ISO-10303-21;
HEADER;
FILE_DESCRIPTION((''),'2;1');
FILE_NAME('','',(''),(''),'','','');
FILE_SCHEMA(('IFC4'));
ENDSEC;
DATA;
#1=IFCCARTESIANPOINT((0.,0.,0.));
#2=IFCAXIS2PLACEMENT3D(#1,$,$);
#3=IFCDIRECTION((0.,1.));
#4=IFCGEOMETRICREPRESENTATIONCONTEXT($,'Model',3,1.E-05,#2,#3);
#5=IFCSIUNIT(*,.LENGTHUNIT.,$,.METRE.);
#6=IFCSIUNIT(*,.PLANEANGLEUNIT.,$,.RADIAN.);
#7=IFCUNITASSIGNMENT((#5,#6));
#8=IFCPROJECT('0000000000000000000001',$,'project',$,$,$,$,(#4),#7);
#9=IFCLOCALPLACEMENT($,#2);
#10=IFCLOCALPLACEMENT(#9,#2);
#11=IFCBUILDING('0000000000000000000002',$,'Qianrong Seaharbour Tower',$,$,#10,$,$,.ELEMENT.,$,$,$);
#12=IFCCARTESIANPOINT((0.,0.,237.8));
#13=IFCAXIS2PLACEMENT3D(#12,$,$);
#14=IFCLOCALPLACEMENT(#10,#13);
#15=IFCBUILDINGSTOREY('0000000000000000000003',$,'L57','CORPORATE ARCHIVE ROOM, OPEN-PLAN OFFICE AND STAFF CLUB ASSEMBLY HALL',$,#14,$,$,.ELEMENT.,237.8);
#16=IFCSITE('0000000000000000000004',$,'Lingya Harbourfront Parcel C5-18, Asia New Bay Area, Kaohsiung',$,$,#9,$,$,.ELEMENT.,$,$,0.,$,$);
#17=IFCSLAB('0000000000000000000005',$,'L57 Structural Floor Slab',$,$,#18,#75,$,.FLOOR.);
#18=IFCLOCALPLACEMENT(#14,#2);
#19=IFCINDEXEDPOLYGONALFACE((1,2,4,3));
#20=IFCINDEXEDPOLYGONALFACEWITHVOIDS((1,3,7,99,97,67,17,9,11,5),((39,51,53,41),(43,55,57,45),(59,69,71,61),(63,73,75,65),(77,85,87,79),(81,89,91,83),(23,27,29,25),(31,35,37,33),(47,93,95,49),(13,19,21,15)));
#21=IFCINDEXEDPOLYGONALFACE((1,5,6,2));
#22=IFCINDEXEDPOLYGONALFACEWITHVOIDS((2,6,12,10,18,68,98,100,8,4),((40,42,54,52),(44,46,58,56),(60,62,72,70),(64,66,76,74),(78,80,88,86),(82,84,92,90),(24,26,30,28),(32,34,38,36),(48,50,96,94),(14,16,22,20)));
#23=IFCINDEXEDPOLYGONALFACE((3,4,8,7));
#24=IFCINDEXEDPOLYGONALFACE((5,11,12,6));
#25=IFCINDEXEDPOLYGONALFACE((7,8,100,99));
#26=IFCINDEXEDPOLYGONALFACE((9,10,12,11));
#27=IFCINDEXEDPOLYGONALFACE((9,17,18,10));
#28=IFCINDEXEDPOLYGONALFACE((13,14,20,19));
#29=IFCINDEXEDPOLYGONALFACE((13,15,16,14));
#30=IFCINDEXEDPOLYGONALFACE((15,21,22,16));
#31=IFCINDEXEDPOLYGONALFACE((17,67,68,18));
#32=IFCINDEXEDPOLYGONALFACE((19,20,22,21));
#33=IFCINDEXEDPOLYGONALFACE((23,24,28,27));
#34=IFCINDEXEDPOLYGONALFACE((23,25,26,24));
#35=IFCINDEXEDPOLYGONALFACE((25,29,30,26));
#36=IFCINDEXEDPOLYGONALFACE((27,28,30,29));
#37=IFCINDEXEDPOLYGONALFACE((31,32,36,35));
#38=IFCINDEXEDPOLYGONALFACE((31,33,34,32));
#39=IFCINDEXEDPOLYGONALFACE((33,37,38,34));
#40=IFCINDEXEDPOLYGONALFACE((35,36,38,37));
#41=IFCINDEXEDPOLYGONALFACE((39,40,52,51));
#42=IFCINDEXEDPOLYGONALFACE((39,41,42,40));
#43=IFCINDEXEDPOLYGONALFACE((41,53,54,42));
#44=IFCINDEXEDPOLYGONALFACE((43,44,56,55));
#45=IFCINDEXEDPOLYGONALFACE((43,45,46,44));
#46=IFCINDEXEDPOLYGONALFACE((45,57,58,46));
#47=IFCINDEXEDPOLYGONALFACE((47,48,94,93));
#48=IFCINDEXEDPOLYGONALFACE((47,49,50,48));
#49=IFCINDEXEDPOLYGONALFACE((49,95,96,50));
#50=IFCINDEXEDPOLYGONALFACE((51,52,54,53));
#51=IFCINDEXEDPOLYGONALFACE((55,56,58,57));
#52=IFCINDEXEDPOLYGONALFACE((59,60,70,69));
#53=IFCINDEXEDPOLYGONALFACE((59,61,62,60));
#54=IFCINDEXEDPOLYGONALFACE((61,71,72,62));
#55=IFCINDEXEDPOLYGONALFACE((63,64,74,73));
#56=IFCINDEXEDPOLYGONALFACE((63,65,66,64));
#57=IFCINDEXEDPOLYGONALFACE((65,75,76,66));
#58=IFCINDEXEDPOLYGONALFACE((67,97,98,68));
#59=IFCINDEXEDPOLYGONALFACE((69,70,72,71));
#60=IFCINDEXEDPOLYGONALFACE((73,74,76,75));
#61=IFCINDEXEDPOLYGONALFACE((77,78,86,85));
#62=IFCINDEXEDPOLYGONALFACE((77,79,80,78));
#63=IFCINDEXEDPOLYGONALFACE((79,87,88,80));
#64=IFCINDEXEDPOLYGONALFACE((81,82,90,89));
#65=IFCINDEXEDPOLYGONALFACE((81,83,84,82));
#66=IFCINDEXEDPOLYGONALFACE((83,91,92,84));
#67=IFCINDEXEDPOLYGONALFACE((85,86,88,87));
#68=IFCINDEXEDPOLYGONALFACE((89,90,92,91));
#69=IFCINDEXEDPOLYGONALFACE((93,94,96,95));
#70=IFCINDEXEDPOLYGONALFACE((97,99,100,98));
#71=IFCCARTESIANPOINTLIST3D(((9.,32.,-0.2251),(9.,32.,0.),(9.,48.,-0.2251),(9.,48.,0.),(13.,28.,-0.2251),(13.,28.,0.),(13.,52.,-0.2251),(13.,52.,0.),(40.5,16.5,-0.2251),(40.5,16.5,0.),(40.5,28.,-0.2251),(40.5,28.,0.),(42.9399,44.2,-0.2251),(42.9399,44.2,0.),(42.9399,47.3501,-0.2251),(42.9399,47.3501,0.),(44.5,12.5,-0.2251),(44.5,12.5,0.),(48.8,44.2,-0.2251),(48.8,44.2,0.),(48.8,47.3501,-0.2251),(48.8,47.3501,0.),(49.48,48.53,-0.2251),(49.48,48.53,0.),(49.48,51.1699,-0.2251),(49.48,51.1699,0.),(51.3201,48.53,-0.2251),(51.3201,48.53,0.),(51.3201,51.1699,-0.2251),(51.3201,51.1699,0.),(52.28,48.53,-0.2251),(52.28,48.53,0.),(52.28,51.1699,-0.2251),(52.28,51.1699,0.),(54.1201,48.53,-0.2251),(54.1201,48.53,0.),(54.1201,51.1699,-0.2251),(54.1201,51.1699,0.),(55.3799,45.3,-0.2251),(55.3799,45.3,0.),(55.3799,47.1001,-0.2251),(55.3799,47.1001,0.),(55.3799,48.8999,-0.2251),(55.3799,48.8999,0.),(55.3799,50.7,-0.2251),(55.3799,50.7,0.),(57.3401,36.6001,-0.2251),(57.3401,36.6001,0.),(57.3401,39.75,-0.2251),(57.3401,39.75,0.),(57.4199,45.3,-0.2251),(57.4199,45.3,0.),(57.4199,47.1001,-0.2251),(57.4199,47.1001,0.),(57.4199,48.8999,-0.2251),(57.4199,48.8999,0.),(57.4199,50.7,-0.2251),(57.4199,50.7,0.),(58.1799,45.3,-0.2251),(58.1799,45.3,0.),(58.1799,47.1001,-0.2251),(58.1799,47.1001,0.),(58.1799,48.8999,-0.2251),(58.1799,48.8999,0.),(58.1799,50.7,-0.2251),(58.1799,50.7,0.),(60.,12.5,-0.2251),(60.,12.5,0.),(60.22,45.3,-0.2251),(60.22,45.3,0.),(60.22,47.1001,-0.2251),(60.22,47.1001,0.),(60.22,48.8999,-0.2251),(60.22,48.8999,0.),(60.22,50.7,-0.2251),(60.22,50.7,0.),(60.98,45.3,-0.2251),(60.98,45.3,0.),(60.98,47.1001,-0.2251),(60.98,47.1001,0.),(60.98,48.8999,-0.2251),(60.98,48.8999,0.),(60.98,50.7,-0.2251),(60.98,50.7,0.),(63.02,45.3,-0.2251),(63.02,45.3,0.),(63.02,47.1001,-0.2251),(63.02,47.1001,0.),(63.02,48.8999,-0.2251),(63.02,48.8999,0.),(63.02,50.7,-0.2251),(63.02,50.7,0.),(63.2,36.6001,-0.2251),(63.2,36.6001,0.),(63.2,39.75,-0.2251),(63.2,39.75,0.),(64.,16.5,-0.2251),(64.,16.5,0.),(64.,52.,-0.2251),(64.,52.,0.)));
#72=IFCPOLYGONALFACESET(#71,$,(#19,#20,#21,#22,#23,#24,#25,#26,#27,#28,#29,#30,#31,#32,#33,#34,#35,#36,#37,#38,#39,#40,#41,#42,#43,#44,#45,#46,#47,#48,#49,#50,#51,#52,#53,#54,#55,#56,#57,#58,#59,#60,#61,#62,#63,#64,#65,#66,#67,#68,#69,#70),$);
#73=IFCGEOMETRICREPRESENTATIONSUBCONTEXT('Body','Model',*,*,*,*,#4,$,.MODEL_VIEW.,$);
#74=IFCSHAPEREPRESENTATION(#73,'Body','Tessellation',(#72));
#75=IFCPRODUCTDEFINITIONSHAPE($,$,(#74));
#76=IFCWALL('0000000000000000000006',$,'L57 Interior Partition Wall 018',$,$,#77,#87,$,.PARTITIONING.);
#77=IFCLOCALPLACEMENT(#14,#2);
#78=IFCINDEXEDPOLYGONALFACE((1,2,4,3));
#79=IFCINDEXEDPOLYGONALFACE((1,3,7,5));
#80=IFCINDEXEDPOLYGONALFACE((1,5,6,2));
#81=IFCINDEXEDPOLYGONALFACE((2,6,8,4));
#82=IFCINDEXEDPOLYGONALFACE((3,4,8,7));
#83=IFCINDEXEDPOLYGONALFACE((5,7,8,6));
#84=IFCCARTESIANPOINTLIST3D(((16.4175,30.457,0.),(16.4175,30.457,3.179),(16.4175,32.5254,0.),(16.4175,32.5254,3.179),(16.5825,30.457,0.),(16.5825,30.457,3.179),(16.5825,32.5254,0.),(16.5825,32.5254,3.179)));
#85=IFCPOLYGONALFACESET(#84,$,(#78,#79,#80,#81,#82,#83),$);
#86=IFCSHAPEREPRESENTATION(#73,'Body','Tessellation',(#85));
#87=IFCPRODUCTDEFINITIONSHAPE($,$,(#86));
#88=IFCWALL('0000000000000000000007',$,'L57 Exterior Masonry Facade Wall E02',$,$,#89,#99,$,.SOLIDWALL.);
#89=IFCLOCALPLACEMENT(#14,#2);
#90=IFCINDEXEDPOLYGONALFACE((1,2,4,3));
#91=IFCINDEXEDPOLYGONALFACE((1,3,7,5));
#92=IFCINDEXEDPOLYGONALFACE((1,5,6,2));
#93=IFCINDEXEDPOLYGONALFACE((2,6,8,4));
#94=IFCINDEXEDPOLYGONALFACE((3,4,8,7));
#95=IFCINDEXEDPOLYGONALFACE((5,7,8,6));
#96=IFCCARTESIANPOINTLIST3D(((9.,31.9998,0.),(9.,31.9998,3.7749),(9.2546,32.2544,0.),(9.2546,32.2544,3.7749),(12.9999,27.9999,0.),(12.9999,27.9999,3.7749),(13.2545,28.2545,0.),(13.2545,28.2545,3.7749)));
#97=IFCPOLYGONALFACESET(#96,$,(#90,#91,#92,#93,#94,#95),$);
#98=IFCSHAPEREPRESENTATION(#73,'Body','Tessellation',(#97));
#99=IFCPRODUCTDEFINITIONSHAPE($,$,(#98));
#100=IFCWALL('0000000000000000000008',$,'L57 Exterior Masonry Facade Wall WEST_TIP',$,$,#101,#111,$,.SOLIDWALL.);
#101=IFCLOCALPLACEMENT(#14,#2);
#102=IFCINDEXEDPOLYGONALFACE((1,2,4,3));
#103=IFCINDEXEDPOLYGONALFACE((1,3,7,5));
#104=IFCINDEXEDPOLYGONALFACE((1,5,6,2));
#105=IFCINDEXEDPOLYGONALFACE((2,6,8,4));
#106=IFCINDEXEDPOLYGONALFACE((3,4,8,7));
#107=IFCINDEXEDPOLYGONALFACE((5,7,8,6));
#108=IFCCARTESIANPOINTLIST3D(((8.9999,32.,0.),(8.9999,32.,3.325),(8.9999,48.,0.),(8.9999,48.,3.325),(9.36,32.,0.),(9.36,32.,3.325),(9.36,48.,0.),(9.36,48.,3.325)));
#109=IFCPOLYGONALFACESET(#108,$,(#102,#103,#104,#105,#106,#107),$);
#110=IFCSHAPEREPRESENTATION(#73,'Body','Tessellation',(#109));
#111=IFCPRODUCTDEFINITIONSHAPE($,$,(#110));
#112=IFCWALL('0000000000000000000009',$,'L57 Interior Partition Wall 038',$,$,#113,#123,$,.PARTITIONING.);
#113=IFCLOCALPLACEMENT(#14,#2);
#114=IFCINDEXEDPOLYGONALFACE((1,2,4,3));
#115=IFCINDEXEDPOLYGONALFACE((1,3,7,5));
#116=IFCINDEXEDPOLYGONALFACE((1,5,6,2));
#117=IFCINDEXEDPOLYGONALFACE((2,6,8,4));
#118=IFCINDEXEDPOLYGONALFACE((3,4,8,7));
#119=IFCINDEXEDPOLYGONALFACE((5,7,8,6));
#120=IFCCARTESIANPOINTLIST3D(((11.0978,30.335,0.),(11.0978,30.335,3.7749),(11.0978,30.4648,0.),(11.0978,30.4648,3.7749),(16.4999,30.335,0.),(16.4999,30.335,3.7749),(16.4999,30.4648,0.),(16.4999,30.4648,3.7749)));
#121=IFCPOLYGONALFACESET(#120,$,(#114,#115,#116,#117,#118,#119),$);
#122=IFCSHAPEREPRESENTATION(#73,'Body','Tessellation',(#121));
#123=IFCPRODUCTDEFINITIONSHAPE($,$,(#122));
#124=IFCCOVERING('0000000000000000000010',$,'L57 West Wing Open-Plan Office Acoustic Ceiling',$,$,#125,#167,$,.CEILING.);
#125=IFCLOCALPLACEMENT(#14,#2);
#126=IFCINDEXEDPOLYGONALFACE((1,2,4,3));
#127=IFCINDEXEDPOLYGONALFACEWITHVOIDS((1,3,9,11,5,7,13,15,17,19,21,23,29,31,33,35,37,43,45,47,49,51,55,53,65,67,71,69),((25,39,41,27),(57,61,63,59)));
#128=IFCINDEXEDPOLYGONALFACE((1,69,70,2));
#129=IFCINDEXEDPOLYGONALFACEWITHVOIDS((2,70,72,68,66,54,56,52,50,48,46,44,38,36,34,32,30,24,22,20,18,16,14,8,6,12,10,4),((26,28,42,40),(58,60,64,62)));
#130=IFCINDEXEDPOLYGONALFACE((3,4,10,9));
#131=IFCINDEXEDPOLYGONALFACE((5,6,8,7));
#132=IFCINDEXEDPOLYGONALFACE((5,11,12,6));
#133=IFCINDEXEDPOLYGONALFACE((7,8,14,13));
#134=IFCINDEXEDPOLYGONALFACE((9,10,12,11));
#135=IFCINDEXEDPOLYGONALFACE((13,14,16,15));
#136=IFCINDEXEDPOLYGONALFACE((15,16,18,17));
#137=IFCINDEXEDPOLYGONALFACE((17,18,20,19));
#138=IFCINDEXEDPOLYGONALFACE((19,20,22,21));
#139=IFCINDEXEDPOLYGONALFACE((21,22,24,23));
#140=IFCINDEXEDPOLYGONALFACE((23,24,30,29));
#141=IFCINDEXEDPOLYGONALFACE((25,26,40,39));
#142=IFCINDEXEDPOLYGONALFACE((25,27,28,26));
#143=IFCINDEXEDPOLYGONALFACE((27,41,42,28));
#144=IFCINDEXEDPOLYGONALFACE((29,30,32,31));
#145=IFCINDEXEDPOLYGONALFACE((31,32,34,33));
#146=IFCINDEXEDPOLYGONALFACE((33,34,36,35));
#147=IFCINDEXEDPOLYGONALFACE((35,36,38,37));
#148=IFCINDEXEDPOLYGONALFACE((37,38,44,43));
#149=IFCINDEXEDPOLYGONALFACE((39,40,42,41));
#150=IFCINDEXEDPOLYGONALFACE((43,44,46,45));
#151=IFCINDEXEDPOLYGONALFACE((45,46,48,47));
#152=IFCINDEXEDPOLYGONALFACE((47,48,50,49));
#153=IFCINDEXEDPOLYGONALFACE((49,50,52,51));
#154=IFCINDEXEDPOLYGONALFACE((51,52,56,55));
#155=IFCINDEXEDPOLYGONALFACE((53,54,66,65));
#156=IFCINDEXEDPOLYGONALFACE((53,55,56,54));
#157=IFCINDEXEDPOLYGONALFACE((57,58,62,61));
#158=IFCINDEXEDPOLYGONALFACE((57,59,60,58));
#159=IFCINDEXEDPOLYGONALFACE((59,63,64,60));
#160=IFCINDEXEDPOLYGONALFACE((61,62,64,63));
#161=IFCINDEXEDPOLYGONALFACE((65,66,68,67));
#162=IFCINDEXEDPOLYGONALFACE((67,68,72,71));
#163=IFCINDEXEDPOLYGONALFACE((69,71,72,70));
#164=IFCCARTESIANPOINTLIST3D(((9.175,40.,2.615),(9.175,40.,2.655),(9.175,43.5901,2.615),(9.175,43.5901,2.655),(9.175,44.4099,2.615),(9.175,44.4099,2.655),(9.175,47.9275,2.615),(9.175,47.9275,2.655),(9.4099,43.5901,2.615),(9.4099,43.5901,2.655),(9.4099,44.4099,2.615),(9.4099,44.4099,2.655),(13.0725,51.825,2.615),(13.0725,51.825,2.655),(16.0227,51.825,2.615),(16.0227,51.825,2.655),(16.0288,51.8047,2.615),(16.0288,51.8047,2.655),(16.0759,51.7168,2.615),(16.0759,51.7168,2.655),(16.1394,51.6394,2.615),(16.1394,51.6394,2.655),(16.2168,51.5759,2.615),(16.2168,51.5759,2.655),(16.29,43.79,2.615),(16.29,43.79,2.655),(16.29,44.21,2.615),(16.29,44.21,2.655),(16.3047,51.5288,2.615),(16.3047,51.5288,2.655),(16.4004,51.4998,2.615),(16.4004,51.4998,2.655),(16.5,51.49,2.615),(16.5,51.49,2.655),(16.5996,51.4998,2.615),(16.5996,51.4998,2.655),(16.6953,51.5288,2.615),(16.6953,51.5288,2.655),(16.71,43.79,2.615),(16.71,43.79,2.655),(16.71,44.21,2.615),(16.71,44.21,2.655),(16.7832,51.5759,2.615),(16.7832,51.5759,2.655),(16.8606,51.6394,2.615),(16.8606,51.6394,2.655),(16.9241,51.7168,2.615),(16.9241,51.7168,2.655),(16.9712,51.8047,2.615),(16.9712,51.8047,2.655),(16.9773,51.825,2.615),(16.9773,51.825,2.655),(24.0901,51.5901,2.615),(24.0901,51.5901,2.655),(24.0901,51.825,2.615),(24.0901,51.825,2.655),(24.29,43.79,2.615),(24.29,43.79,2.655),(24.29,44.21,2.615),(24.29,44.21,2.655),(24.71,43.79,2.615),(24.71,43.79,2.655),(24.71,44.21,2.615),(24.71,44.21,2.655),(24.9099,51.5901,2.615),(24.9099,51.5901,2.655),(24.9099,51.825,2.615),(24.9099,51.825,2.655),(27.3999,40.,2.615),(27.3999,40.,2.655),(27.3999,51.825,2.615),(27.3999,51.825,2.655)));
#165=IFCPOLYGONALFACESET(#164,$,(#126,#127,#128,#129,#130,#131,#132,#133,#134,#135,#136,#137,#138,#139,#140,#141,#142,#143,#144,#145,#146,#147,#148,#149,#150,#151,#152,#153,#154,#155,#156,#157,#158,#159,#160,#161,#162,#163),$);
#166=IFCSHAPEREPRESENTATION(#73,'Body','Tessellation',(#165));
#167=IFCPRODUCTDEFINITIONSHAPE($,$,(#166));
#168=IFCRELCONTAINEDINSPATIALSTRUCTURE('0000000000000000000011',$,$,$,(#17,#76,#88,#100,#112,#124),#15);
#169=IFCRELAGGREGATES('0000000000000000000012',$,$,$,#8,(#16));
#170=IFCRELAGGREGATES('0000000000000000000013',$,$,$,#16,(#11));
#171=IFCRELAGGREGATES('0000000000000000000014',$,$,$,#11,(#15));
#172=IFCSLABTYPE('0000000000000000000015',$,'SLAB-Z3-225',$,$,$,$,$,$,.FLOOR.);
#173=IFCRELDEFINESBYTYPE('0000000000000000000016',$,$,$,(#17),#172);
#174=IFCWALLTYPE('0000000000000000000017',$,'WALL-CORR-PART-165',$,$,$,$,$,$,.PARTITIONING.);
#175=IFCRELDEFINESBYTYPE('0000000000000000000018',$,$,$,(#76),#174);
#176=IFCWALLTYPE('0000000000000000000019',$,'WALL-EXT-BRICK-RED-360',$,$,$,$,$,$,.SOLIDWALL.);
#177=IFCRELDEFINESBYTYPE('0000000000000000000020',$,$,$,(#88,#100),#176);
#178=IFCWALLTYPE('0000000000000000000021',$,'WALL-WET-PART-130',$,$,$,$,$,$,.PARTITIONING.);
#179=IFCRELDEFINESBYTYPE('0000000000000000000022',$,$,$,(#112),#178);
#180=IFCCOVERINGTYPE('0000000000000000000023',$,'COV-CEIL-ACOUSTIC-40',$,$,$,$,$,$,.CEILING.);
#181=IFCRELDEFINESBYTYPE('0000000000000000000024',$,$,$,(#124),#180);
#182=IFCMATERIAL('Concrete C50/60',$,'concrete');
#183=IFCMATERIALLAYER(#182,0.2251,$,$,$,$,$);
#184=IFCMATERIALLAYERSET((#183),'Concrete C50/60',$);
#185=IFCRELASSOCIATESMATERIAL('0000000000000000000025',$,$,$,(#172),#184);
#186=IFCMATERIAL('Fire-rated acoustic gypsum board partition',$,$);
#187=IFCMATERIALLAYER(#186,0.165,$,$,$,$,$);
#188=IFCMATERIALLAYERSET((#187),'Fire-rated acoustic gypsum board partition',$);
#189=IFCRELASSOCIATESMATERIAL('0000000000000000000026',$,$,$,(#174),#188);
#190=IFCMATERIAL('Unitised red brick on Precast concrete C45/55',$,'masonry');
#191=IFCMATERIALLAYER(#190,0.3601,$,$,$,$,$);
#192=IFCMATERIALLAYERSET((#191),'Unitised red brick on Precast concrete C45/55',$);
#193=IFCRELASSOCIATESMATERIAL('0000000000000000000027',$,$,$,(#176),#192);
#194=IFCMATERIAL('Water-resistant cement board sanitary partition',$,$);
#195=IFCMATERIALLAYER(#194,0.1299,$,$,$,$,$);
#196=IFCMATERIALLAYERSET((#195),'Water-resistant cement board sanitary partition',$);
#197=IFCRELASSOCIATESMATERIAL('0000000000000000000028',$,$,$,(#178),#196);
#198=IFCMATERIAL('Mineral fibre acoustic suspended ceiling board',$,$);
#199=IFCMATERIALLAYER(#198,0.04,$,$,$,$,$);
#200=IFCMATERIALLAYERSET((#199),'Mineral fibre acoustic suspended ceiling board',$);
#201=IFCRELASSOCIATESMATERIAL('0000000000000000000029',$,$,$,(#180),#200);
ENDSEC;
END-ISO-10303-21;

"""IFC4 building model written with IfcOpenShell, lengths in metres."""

from ifc_helpers import new_model, si_unit, direction, frame, frame_2d, origin, place, context, subcontext, project, spatial, polyline, rectangle, outline, extrude, material, layer, layer_set, type_object, element, save


model = new_model("IFC4")

# Units and contexts
model_context = context("Model", 3, precision=1e-05, world=origin(), true_north=direction((0.0, 1.0)))
body_context = subcontext(model_context, "Body", "Model", "MODEL_VIEW")
ifc_project = project(units=[si_unit("LENGTHUNIT", "METRE"), si_unit("PLANEANGLEUNIT", "RADIAN")], contexts=[model_context])

# Site, building, storey
site_placement = place(None, origin())
site = spatial("IfcSite", under=ifc_project, at=site_placement, Name="Lingya Harbourfront Parcel C5-18, Asia New Bay Area, Kaohsiung", CompositionType="ELEMENT", RefElevation=0.0)
building_placement = place(site_placement, origin())
building = spatial("IfcBuilding", under=site, at=building_placement, Name="Qianrong Seaharbour Tower", CompositionType="ELEMENT")
storey_placement = place(building_placement, frame((0.0, 0.0, 237.8)))
storey = spatial("IfcBuildingStorey", under=building, at=storey_placement, Name="L57", Description="CORPORATE ARCHIVE ROOM, OPEN-PLAN OFFICE AND STAFF CLUB ASSEMBLY HALL", CompositionType="ELEMENT", Elevation=237.8)

# Shared definitions
ifc_material_1 = material(Name="Concrete C50/60", Category="concrete")

# Slab
ifc_layer_1 = layer(ifc_material_1, 0.2251)
ifc_layer_set_1 = layer_set([ifc_layer_1], Name="Concrete C50/60")
slab_type_1 = type_object("IfcSlabType", Name="SLAB-Z3-225", PredefinedType="FLOOR", material=ifc_layer_set_1)
slab_1_placement = place(storey_placement, frame((0.0, 0.0, -0.2251)))
element("IfcSlab", 1, at=slab_1_placement, inside=storey, type_object=slab_type_1, Name="L57 Structural Floor Slab", PredefinedType="FLOOR", context=body_context, shape_type="SweptSolid", body=[
    extrude(outline(polyline([(44.5, 12.5), (60.0, 12.5), (64.0, 16.5), (64.0, 52.0), (13.0, 52.0), (9.0, 48.0), (9.0, 32.0), (13.0, 28.0), (40.5, 28.0), (40.5, 16.5), (44.5, 12.5)]), holes=[polyline([(42.9399, 44.2), (42.9399, 47.3501), (48.8, 47.3501), (48.8, 44.2), (42.9399, 44.2)]), polyline([(57.3401, 36.6001), (57.3401, 39.75), (63.2, 39.75), (63.2, 36.6001), (57.3401, 36.6001)]), polyline([(49.48, 48.53), (49.48, 51.1699), (51.3201, 51.1699), (51.3201, 48.53), (49.48, 48.53)]), polyline([(52.28, 48.53), (52.28, 51.1699), (54.1201, 51.1699), (54.1201, 48.53), (52.28, 48.53)]), polyline([(55.3799, 45.3), (55.3799, 47.1001), (57.4199, 47.1001), (57.4199, 45.3), (55.3799, 45.3)]), polyline([(58.1799, 45.3), (58.1799, 47.1001), (60.22, 47.1001), (60.22, 45.3), (58.1799, 45.3)]), polyline([(60.98, 45.3), (60.98, 47.1001), (63.02, 47.1001), (63.02, 45.3), (60.98, 45.3)]), polyline([(55.3799, 48.8999), (55.3799, 50.7), (57.4199, 50.7), (57.4199, 48.8999), (55.3799, 48.8999)]), polyline([(58.1799, 48.8999), (58.1799, 50.7), (60.22, 50.7), (60.22, 48.8999), (58.1799, 48.8999)]), polyline([(60.98, 48.8999), (60.98, 50.7), (63.02, 50.7), (63.02, 48.8999), (60.98, 48.8999)])]), origin(), (0.0, 0.0, 1.0), 0.2251),
])

# Walls
ifc_material_2 = material(Name="Fire-rated acoustic gypsum board partition")
ifc_layer_2 = layer(ifc_material_2, 0.165)
ifc_layer_set_2 = layer_set([ifc_layer_2], Name="Fire-rated acoustic gypsum board partition")
wall_type_1 = type_object("IfcWallType", Name="WALL-CORR-PART-165", PredefinedType="PARTITIONING", material=ifc_layer_set_2)
wall_1_placement = place(storey_placement, frame((16.5, 30.457, 0.0), z_axis=(0.0, 0.0, 1.0), x_axis=(0.0, 1.0, 0.0)))
element("IfcWall", 2, at=wall_1_placement, inside=storey, type_object=wall_type_1, Name="L57 Interior Partition Wall 018", PredefinedType="PARTITIONING", context=body_context, shape_type="SweptSolid", body=[
    extrude(rectangle(XDim=2.0684, YDim=0.165, at=frame_2d((1.0342, 0.0))), origin(), (0.0, 0.0, 1.0), 3.179),
])
ifc_material_3 = material(Name="Unitised red brick on Precast concrete C45/55", Category="masonry")
ifc_layer_3 = layer(ifc_material_3, 0.3601)
ifc_layer_set_3 = layer_set([ifc_layer_3], Name="Unitised red brick on Precast concrete C45/55")
wall_type_2 = type_object("IfcWallType", Name="WALL-EXT-BRICK-RED-360", PredefinedType="SOLIDWALL", material=ifc_layer_set_3)
wall_2_placement = place(storey_placement, frame((13.1272, 28.1272, 0.0), z_axis=(0.0, 0.0, 1.0), x_axis=(-0.707107, 0.707107, 0.0)))
element("IfcWall", 3, at=wall_2_placement, inside=storey, type_object=wall_type_2, Name="L57 Exterior Masonry Facade Wall E02", PredefinedType="SOLIDWALL", context=body_context, shape_type="SweptSolid", body=[
    extrude(rectangle(XDim=5.6567, YDim=0.3601, at=frame_2d((2.8284, 0.0))), origin(), (0.0, 0.0, 1.0), 3.7749),
])
wall_3_placement = place(storey_placement, frame((9.1799, 32.0, 0.0), z_axis=(0.0, 0.0, 1.0), x_axis=(0.0, 1.0, 0.0)))
element("IfcWall", 4, at=wall_3_placement, inside=storey, type_object=wall_type_2, Name="L57 Exterior Masonry Facade Wall WEST_TIP", PredefinedType="SOLIDWALL", context=body_context, shape_type="SweptSolid", body=[
    extrude(rectangle(XDim=16.0, YDim=0.3601, at=frame_2d((8.0, 0.0))), origin(), (0.0, 0.0, 1.0), 3.325),
])
ifc_material_4 = material(Name="Water-resistant cement board sanitary partition")
ifc_layer_4 = layer(ifc_material_4, 0.1299)
ifc_layer_set_4 = layer_set([ifc_layer_4], Name="Water-resistant cement board sanitary partition")
wall_type_3 = type_object("IfcWallType", Name="WALL-WET-PART-130", PredefinedType="PARTITIONING", material=ifc_layer_set_4)
wall_4_placement = place(storey_placement, frame((16.5, 30.3999, 0.0), z_axis=(0.0, 0.0, 1.0), x_axis=(-1.0, 0.0, 0.0)))
element("IfcWall", 5, at=wall_4_placement, inside=storey, type_object=wall_type_3, Name="L57 Interior Partition Wall 038", PredefinedType="PARTITIONING", context=body_context, shape_type="SweptSolid", body=[
    extrude(rectangle(XDim=5.4021, YDim=0.1299, at=frame_2d((2.7012, 0.0))), origin(), (0.0, 0.0, 1.0), 3.7749),
])

# Covering
ifc_material_5 = material(Name="Mineral fibre acoustic suspended ceiling board")
ifc_layer_5 = layer(ifc_material_5, 0.04)
ifc_layer_set_5 = layer_set([ifc_layer_5], Name="Mineral fibre acoustic suspended ceiling board")
covering_type_1 = type_object("IfcCoveringType", Name="COV-CEIL-ACOUSTIC-40", PredefinedType="CEILING", material=ifc_layer_set_5)
covering_1_placement = place(storey_placement, frame((0.0, 0.0, 2.615)))
element("IfcCovering", 6, at=covering_1_placement, inside=storey, type_object=covering_type_1, Name="L57 West Wing Open-Plan Office Acoustic Ceiling", PredefinedType="CEILING", context=body_context, shape_type="SweptSolid", body=[
    extrude(outline(polyline([(9.175, 43.5901), (9.4099, 43.5901), (9.4099, 44.4099), (9.175, 44.4099), (9.175, 47.9275), (13.0725, 51.825), (16.0227, 51.825), (16.0288, 51.8047), (16.0759, 51.7168), (16.1394, 51.6394), (16.2168, 51.5759), (16.3047, 51.5288), (16.4004, 51.4998), (16.5, 51.49), (16.5996, 51.4998), (16.6953, 51.5288), (16.7832, 51.5759), (16.8606, 51.6394), (16.9241, 51.7168), (16.9712, 51.8047), (16.9773, 51.825), (24.0901, 51.825), (24.0901, 51.5901), (24.9099, 51.5901), (24.9099, 51.825), (27.3999, 51.825), (27.3999, 40.0), (9.175, 40.0), (9.175, 43.5901)]), holes=[polyline([(24.71, 43.79), (24.71, 44.21), (24.29, 44.21), (24.29, 43.79), (24.71, 43.79)]), polyline([(16.71, 43.79), (16.71, 44.21), (16.29, 44.21), (16.29, 43.79), (16.71, 43.79)])]), origin(), (0.0, 0.0, 1.0), 0.04),
])

save(model, "model.ifc")
